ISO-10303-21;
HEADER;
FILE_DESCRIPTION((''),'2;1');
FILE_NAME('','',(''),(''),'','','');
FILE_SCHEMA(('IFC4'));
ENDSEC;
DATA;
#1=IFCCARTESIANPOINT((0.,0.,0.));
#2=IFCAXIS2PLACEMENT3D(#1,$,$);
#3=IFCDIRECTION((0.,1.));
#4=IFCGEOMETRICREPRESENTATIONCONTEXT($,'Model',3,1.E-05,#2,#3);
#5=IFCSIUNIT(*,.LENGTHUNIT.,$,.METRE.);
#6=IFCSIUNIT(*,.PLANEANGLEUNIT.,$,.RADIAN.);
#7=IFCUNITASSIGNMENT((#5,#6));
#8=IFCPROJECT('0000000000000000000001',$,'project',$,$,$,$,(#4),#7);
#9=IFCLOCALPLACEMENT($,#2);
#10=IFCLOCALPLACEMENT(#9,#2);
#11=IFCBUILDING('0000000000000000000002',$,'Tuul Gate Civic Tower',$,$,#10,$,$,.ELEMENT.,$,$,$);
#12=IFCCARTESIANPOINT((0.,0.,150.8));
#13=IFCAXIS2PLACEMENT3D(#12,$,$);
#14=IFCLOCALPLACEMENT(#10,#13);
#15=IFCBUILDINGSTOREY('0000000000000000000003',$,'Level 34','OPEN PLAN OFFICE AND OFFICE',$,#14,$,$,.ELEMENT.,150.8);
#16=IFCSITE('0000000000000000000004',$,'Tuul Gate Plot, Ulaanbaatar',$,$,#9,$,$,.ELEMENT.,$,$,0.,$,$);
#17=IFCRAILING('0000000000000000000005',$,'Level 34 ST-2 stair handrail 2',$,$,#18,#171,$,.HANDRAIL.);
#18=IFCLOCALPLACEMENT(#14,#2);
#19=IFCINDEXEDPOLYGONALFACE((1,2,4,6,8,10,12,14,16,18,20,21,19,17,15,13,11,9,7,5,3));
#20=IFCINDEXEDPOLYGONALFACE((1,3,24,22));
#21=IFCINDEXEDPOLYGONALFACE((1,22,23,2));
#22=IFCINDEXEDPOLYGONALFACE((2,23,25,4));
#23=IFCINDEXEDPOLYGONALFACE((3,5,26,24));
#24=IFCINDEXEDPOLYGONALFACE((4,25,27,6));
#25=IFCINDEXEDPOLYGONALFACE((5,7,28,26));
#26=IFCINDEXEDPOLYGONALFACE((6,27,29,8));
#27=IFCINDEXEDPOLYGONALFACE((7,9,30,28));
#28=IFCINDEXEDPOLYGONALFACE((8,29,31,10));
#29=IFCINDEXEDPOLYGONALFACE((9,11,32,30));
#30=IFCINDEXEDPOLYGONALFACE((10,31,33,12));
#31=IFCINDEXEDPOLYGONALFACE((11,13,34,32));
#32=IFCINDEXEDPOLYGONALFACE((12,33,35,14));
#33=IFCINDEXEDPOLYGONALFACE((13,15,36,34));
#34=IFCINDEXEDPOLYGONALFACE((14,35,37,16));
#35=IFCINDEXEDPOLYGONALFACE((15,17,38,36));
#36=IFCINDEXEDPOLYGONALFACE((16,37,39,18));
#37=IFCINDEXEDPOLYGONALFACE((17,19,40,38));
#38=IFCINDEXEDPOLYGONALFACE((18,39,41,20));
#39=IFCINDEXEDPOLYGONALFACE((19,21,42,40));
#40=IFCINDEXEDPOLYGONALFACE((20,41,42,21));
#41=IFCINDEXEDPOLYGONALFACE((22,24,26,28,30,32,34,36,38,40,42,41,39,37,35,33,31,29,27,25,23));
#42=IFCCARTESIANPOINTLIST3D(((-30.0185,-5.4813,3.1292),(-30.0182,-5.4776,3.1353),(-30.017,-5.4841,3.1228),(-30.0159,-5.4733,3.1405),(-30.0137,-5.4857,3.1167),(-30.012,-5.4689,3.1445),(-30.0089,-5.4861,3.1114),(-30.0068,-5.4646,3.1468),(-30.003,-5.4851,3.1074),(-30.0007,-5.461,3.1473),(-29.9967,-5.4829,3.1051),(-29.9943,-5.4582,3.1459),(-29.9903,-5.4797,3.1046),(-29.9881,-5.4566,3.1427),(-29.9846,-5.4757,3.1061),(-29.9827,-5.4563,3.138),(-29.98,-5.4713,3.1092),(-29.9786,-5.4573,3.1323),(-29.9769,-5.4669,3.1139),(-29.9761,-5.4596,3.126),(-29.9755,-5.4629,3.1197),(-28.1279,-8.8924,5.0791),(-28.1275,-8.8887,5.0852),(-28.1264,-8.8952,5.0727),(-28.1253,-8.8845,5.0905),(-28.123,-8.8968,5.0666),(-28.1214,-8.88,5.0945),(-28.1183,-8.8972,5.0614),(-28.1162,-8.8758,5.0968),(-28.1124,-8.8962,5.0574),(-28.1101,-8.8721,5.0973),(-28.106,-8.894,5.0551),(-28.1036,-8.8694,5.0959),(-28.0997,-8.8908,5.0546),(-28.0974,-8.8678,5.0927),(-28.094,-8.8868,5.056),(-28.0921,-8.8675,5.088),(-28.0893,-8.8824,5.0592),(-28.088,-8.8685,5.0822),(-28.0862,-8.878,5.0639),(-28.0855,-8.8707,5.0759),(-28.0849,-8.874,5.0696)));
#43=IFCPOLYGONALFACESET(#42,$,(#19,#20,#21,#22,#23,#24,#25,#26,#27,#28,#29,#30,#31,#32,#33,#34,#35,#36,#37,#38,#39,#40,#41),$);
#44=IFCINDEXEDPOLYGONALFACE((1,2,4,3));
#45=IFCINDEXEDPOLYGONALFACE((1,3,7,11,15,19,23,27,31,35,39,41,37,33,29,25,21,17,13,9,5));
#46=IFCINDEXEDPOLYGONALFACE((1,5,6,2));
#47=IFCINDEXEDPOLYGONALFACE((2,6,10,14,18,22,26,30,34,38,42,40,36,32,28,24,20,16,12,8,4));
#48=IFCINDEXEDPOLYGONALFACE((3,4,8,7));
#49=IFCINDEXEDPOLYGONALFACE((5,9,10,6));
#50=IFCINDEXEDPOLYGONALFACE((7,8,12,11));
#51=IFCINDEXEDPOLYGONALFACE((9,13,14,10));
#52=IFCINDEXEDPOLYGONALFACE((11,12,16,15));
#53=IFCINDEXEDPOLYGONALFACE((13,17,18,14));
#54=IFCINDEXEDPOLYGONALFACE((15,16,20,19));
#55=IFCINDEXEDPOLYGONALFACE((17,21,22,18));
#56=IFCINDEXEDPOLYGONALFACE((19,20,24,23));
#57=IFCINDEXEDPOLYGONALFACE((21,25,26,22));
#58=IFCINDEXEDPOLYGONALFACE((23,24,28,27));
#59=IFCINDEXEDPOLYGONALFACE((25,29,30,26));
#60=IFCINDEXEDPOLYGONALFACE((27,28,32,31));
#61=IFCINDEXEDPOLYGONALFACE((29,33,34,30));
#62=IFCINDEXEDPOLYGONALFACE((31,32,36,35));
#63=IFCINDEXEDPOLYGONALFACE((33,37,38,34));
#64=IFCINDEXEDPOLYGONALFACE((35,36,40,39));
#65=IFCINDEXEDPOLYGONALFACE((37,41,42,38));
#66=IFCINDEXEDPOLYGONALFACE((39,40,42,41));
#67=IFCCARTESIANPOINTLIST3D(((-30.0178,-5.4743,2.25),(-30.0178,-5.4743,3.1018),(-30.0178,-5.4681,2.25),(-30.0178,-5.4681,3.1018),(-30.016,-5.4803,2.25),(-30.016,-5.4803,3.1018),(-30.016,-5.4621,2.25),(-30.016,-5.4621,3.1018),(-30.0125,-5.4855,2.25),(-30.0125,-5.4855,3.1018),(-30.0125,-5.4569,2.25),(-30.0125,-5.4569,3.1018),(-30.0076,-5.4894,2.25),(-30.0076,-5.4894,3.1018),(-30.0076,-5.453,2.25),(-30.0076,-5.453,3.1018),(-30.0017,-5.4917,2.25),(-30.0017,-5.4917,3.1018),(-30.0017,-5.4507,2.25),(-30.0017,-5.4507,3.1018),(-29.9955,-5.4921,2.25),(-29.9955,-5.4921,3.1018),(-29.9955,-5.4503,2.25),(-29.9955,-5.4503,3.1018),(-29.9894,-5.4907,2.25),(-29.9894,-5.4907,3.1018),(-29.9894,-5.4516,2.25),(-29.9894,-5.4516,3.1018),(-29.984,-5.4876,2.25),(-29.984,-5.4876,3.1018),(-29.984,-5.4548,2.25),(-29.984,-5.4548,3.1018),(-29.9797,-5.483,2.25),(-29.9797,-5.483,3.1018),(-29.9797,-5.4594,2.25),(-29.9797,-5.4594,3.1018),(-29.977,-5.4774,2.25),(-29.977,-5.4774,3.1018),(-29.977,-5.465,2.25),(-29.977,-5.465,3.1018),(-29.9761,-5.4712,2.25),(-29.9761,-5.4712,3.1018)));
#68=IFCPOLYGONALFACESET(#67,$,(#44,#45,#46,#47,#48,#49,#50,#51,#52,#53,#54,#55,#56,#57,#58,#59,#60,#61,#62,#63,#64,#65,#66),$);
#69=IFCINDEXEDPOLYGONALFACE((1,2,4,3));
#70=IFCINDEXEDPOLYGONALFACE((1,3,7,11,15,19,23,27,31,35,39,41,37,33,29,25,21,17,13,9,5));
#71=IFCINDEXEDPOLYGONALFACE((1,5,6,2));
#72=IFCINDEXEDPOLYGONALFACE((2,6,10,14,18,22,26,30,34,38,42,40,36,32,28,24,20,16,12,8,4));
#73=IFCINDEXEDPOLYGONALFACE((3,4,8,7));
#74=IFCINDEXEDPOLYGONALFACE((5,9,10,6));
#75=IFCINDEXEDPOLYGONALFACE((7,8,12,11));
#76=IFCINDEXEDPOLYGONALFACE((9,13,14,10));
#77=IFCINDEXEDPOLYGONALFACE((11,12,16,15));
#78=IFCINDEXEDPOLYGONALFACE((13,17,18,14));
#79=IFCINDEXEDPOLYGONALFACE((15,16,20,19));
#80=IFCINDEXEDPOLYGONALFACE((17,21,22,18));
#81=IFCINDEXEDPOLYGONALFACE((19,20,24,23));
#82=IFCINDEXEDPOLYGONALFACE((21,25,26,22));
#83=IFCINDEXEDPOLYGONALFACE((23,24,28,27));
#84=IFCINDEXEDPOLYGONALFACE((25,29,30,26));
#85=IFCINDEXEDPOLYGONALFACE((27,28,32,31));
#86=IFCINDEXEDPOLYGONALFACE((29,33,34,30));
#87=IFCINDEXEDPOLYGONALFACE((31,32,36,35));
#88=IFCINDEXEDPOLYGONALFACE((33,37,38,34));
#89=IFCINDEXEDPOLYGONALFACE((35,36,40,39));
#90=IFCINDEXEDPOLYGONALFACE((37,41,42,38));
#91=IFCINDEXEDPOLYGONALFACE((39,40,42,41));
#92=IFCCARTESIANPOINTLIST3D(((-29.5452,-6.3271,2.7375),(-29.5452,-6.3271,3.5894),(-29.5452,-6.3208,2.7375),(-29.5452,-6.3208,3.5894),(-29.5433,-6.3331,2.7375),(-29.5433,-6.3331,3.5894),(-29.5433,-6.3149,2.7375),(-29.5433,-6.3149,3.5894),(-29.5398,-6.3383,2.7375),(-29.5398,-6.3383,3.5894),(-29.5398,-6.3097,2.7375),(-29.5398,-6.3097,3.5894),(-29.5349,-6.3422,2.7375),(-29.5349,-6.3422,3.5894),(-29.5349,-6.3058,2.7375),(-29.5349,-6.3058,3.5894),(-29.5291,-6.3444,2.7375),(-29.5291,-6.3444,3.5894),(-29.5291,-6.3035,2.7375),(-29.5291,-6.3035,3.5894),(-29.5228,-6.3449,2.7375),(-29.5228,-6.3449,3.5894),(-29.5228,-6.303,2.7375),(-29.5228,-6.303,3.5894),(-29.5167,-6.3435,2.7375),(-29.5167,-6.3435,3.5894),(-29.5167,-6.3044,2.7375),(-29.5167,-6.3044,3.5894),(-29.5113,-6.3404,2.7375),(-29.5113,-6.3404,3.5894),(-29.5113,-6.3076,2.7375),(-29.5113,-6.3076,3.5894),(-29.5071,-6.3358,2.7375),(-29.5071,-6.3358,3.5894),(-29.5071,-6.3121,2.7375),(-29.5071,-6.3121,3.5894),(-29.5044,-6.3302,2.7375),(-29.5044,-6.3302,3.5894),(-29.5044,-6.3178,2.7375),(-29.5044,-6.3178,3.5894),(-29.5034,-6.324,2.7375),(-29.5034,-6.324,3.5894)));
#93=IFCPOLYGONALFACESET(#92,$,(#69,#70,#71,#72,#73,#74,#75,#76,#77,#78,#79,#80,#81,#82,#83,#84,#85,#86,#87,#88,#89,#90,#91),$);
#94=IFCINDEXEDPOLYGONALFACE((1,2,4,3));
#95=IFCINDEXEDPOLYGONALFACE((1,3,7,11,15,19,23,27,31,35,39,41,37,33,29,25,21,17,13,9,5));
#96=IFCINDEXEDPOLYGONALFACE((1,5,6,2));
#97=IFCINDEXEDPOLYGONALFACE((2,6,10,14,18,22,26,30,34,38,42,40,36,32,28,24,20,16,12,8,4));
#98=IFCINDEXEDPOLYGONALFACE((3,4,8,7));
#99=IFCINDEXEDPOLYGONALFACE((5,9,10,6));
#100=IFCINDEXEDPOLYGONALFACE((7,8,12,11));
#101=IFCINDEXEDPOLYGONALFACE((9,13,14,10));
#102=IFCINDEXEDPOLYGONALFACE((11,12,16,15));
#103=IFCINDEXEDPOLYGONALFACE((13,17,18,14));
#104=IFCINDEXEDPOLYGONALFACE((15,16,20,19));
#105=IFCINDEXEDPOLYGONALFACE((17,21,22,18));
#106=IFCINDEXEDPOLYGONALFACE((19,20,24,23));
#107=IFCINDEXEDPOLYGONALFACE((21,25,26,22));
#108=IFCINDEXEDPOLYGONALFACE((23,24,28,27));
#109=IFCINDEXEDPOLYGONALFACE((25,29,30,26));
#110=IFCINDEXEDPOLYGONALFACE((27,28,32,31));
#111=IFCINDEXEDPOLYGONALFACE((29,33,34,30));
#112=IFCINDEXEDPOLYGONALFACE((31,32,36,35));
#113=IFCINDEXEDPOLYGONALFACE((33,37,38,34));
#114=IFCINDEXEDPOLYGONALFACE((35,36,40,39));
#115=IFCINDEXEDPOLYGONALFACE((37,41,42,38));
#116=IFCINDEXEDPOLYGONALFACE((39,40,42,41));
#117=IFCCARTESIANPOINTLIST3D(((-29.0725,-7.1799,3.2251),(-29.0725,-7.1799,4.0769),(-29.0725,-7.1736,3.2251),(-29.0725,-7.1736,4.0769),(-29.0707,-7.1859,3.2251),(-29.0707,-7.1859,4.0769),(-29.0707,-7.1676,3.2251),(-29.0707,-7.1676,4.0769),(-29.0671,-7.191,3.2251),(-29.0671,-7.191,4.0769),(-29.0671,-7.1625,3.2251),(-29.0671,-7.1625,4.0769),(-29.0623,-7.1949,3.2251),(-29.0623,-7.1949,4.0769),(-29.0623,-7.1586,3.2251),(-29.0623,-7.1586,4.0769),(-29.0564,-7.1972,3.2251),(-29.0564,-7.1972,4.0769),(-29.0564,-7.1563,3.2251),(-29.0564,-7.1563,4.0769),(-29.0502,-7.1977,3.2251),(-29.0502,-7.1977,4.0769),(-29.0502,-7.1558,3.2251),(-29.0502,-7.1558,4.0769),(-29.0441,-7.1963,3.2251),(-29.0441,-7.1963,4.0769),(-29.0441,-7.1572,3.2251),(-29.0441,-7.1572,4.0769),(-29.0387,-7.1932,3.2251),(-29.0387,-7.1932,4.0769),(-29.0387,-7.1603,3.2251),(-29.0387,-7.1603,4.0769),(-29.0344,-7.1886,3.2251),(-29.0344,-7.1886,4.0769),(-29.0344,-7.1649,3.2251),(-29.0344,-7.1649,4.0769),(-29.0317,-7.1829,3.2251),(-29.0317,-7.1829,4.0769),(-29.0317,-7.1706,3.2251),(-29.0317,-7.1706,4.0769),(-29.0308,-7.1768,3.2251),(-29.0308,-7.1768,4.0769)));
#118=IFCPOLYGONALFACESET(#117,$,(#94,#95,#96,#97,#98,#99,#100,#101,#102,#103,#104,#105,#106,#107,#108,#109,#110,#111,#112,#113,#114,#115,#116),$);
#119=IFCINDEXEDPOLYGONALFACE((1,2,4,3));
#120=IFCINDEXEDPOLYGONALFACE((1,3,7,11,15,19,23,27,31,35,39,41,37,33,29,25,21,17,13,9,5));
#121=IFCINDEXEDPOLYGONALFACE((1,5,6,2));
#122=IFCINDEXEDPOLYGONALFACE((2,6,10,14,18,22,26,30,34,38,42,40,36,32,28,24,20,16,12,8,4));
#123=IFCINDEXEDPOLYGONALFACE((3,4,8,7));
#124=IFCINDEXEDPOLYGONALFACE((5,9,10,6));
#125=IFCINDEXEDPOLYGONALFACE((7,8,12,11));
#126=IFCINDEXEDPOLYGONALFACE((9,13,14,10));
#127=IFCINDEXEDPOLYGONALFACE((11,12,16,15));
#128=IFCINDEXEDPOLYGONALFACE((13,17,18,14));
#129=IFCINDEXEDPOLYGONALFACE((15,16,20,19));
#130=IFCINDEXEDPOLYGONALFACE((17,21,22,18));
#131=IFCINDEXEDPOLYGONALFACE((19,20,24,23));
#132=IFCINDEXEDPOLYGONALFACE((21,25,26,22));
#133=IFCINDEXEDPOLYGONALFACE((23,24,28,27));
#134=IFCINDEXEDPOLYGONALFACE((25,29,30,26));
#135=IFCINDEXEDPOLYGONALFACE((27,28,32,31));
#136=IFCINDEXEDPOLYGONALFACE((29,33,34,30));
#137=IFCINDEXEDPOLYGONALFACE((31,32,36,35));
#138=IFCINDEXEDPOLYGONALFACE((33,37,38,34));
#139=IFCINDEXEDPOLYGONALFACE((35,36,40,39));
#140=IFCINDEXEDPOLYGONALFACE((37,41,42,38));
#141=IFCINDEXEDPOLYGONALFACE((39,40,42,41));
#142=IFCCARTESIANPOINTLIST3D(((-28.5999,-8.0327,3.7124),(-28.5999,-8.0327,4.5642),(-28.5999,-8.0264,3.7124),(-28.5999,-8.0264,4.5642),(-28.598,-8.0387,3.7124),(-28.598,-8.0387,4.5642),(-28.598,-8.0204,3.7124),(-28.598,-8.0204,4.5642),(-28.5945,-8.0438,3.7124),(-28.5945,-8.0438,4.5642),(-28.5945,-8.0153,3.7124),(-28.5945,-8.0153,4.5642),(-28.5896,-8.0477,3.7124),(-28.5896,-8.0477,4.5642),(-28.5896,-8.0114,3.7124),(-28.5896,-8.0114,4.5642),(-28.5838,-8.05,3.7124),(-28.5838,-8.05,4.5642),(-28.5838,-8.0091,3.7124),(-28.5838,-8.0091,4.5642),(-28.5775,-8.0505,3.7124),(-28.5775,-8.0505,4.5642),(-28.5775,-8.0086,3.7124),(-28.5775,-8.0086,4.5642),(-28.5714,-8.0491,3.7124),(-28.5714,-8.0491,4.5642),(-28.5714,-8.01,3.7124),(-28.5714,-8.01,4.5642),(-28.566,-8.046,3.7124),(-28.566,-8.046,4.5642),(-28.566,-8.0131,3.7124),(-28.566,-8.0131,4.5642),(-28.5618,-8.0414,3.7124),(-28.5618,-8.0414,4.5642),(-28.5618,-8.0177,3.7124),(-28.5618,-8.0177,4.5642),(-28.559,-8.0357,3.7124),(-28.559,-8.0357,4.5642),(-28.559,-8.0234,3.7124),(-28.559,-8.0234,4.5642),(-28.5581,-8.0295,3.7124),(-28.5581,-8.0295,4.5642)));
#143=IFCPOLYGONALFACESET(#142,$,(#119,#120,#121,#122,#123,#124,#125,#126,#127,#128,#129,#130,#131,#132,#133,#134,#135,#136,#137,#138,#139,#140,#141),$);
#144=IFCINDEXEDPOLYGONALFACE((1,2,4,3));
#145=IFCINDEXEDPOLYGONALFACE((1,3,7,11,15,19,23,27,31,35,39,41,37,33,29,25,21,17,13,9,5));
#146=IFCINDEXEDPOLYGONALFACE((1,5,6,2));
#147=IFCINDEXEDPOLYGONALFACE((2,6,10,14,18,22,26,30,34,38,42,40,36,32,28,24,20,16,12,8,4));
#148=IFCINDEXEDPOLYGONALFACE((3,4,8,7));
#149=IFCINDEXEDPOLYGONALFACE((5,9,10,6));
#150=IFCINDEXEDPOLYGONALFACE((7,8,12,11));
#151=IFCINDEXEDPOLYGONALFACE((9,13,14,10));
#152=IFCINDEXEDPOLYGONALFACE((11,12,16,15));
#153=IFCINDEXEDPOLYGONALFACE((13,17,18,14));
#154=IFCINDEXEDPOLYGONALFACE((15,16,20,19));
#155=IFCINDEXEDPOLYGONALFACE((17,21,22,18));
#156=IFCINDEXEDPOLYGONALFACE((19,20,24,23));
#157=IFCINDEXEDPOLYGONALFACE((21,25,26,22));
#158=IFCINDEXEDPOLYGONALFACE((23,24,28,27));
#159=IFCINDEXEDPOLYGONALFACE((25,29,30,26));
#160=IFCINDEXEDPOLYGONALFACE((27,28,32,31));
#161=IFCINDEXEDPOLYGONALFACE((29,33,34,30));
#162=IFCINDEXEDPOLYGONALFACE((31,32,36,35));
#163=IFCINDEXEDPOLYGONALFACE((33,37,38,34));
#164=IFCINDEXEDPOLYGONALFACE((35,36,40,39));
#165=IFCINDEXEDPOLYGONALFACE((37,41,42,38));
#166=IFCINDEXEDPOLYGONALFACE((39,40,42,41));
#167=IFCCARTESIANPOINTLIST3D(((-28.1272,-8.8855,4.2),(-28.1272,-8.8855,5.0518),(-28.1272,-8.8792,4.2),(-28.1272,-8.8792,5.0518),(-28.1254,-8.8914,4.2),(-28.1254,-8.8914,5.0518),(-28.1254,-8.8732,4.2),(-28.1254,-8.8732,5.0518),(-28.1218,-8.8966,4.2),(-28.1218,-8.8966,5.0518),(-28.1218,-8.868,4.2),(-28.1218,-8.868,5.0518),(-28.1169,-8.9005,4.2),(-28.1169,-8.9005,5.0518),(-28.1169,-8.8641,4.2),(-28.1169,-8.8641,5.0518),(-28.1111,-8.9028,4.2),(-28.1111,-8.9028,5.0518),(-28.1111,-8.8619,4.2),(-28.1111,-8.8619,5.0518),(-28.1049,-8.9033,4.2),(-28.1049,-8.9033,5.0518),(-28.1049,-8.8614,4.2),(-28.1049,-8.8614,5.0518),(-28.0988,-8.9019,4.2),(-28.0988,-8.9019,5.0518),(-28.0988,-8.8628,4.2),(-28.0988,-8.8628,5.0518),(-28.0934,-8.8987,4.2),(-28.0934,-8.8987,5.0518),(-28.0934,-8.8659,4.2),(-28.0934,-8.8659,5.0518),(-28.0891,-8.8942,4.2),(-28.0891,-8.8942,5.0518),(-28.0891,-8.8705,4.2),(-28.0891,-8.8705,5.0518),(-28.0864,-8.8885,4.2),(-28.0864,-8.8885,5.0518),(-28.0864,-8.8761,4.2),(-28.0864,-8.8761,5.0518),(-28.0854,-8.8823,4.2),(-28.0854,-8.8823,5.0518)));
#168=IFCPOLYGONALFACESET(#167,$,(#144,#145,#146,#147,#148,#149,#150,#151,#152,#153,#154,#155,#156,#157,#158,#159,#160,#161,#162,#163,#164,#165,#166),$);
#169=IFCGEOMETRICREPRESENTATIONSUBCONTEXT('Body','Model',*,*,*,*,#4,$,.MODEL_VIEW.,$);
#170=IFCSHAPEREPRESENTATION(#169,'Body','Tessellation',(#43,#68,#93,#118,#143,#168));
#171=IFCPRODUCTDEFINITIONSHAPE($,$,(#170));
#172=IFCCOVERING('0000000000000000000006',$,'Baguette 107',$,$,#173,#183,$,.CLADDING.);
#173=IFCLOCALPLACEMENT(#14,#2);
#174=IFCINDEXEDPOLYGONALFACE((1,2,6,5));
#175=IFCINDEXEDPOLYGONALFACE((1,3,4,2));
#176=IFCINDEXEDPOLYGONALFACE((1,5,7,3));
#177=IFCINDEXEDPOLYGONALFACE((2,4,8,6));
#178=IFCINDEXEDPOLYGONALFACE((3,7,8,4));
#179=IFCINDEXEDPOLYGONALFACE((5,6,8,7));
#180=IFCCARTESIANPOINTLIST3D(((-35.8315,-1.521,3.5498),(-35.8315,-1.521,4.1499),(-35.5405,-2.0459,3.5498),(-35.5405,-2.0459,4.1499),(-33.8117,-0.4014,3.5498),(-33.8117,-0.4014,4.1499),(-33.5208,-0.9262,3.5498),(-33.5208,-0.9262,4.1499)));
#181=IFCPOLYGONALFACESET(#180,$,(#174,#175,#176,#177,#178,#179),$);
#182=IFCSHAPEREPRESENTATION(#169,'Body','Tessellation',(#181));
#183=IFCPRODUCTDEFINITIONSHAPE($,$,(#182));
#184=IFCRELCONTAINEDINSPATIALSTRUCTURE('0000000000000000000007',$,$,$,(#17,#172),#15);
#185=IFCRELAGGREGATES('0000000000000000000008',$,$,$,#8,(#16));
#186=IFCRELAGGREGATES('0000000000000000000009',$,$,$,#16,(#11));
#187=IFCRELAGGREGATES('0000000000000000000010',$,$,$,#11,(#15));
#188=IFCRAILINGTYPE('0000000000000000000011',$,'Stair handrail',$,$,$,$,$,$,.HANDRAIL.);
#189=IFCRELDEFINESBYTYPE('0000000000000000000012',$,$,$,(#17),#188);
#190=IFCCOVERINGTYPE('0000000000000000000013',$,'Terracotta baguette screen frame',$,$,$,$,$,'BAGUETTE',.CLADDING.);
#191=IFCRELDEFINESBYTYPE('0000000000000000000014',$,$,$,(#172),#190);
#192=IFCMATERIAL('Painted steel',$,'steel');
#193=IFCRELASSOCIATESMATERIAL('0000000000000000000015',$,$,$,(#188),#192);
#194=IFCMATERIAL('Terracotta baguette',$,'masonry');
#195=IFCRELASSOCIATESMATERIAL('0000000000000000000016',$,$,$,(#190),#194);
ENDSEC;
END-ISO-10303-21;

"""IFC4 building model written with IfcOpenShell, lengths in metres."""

from ifc_helpers import new_model, si_unit, direction, frame, origin, origin_2d, place, context, subcontext, project, spatial, rectangle, circle, extrude, material, material_profile, profile_set, type_object, element, save


model = new_model("IFC4")

# Units and contexts
model_context = context("Model", 3, precision=1e-05, world=origin(), true_north=direction((0.0, 1.0)))
body_context = subcontext(model_context, "Body", "Model", "MODEL_VIEW")
ifc_project = project(units=[si_unit("LENGTHUNIT", "METRE"), si_unit("PLANEANGLEUNIT", "RADIAN")], contexts=[model_context])

# Site, building, storey
site_placement = place(None, origin())
site = spatial("IfcSite", under=ifc_project, at=site_placement, Name="Tuul Gate Plot, Ulaanbaatar", CompositionType="ELEMENT", RefElevation=0.0)
building_placement = place(site_placement, origin())
building = spatial("IfcBuilding", under=site, at=building_placement, Name="Tuul Gate Civic Tower", CompositionType="ELEMENT")
storey_placement = place(building_placement, frame((0.0, 0.0, 150.8)))
storey = spatial("IfcBuildingStorey", under=building, at=storey_placement, Name="Level 34", Description="OPEN PLAN OFFICE AND OFFICE", CompositionType="ELEMENT", Elevation=150.8)

# Railing
ifc_material_1 = material(Name="Painted steel", Category="steel")
railing_type_1 = type_object("IfcRailingType", Name="Stair handrail", PredefinedType="HANDRAIL", material=ifc_material_1)
railing_1_placement = place(storey_placement, frame((-29.9971, -5.4712, 2.25)))
element("IfcRailing", 1, at=railing_1_placement, inside=storey, type_object=railing_type_1, Name="Level 34 ST-2 stair handrail 2", PredefinedType="HANDRAIL", context=body_context, shape_type="SweptSolid", body=[
    extrude(circle(Radius=0.0239, at=origin_2d()), frame((0.0, 0.0, 0.876), z_axis=(0.433595, -0.782308, 0.447201), x_axis=(0.874641, 0.484771, 0.0)), (0.0, 0.0, 1.0), 4.3604),
    extrude(circle(Radius=0.021, at=origin_2d()), origin(), (0.0, 0.0, 1.0), 0.8518),
    extrude(circle(Radius=0.021, at=origin_2d()), frame((0.4727, -0.8528, 0.4875)), (0.0, 0.0, 1.0), 0.8518),
    extrude(circle(Radius=0.021, at=origin_2d()), frame((0.9453, -1.7056, 0.9751)), (0.0, 0.0, 1.0), 0.8518),
    extrude(circle(Radius=0.021, at=origin_2d()), frame((1.418, -2.5583, 1.4624)), (0.0, 0.0, 1.0), 0.8518),
    extrude(circle(Radius=0.021, at=origin_2d()), frame((1.8906, -3.4111, 1.95)), (0.0, 0.0, 1.0), 0.8518),
])

# Covering
ifc_material_2 = material(Name="Terracotta baguette", Category="masonry")
ifc_material_profile_1 = material_profile(ifc_material_2, rectangle(XDim=0.6001, YDim=0.6001, at=origin_2d()), Name="Terracotta baguette screen frame")
ifc_profile_set_1 = profile_set([ifc_material_profile_1], Name="Terracotta baguette")
covering_type = type_object("IfcCoveringType", Name="Terracotta baguette screen frame", ElementType="BAGUETTE", PredefinedType="CLADDING", material=ifc_profile_set_1)
covering_placement = place(storey_placement, frame((-33.6663, -0.6638, 3.8499), z_axis=(-0.874611, -0.484826, 0.0), x_axis=(0.484826, -0.874611, 0.0)))
element("IfcCovering", 2, at=covering_placement, inside=storey, type_object=covering_type, Name="Baguette 107", PredefinedType="CLADDING", context=body_context, shape_type="SweptSolid", body=[
    extrude(rectangle(XDim=0.6001, YDim=0.6001, at=origin_2d()), origin(), (0.0, 0.0, 1.0), 2.3093),
])

save(model, "model.ifc")
